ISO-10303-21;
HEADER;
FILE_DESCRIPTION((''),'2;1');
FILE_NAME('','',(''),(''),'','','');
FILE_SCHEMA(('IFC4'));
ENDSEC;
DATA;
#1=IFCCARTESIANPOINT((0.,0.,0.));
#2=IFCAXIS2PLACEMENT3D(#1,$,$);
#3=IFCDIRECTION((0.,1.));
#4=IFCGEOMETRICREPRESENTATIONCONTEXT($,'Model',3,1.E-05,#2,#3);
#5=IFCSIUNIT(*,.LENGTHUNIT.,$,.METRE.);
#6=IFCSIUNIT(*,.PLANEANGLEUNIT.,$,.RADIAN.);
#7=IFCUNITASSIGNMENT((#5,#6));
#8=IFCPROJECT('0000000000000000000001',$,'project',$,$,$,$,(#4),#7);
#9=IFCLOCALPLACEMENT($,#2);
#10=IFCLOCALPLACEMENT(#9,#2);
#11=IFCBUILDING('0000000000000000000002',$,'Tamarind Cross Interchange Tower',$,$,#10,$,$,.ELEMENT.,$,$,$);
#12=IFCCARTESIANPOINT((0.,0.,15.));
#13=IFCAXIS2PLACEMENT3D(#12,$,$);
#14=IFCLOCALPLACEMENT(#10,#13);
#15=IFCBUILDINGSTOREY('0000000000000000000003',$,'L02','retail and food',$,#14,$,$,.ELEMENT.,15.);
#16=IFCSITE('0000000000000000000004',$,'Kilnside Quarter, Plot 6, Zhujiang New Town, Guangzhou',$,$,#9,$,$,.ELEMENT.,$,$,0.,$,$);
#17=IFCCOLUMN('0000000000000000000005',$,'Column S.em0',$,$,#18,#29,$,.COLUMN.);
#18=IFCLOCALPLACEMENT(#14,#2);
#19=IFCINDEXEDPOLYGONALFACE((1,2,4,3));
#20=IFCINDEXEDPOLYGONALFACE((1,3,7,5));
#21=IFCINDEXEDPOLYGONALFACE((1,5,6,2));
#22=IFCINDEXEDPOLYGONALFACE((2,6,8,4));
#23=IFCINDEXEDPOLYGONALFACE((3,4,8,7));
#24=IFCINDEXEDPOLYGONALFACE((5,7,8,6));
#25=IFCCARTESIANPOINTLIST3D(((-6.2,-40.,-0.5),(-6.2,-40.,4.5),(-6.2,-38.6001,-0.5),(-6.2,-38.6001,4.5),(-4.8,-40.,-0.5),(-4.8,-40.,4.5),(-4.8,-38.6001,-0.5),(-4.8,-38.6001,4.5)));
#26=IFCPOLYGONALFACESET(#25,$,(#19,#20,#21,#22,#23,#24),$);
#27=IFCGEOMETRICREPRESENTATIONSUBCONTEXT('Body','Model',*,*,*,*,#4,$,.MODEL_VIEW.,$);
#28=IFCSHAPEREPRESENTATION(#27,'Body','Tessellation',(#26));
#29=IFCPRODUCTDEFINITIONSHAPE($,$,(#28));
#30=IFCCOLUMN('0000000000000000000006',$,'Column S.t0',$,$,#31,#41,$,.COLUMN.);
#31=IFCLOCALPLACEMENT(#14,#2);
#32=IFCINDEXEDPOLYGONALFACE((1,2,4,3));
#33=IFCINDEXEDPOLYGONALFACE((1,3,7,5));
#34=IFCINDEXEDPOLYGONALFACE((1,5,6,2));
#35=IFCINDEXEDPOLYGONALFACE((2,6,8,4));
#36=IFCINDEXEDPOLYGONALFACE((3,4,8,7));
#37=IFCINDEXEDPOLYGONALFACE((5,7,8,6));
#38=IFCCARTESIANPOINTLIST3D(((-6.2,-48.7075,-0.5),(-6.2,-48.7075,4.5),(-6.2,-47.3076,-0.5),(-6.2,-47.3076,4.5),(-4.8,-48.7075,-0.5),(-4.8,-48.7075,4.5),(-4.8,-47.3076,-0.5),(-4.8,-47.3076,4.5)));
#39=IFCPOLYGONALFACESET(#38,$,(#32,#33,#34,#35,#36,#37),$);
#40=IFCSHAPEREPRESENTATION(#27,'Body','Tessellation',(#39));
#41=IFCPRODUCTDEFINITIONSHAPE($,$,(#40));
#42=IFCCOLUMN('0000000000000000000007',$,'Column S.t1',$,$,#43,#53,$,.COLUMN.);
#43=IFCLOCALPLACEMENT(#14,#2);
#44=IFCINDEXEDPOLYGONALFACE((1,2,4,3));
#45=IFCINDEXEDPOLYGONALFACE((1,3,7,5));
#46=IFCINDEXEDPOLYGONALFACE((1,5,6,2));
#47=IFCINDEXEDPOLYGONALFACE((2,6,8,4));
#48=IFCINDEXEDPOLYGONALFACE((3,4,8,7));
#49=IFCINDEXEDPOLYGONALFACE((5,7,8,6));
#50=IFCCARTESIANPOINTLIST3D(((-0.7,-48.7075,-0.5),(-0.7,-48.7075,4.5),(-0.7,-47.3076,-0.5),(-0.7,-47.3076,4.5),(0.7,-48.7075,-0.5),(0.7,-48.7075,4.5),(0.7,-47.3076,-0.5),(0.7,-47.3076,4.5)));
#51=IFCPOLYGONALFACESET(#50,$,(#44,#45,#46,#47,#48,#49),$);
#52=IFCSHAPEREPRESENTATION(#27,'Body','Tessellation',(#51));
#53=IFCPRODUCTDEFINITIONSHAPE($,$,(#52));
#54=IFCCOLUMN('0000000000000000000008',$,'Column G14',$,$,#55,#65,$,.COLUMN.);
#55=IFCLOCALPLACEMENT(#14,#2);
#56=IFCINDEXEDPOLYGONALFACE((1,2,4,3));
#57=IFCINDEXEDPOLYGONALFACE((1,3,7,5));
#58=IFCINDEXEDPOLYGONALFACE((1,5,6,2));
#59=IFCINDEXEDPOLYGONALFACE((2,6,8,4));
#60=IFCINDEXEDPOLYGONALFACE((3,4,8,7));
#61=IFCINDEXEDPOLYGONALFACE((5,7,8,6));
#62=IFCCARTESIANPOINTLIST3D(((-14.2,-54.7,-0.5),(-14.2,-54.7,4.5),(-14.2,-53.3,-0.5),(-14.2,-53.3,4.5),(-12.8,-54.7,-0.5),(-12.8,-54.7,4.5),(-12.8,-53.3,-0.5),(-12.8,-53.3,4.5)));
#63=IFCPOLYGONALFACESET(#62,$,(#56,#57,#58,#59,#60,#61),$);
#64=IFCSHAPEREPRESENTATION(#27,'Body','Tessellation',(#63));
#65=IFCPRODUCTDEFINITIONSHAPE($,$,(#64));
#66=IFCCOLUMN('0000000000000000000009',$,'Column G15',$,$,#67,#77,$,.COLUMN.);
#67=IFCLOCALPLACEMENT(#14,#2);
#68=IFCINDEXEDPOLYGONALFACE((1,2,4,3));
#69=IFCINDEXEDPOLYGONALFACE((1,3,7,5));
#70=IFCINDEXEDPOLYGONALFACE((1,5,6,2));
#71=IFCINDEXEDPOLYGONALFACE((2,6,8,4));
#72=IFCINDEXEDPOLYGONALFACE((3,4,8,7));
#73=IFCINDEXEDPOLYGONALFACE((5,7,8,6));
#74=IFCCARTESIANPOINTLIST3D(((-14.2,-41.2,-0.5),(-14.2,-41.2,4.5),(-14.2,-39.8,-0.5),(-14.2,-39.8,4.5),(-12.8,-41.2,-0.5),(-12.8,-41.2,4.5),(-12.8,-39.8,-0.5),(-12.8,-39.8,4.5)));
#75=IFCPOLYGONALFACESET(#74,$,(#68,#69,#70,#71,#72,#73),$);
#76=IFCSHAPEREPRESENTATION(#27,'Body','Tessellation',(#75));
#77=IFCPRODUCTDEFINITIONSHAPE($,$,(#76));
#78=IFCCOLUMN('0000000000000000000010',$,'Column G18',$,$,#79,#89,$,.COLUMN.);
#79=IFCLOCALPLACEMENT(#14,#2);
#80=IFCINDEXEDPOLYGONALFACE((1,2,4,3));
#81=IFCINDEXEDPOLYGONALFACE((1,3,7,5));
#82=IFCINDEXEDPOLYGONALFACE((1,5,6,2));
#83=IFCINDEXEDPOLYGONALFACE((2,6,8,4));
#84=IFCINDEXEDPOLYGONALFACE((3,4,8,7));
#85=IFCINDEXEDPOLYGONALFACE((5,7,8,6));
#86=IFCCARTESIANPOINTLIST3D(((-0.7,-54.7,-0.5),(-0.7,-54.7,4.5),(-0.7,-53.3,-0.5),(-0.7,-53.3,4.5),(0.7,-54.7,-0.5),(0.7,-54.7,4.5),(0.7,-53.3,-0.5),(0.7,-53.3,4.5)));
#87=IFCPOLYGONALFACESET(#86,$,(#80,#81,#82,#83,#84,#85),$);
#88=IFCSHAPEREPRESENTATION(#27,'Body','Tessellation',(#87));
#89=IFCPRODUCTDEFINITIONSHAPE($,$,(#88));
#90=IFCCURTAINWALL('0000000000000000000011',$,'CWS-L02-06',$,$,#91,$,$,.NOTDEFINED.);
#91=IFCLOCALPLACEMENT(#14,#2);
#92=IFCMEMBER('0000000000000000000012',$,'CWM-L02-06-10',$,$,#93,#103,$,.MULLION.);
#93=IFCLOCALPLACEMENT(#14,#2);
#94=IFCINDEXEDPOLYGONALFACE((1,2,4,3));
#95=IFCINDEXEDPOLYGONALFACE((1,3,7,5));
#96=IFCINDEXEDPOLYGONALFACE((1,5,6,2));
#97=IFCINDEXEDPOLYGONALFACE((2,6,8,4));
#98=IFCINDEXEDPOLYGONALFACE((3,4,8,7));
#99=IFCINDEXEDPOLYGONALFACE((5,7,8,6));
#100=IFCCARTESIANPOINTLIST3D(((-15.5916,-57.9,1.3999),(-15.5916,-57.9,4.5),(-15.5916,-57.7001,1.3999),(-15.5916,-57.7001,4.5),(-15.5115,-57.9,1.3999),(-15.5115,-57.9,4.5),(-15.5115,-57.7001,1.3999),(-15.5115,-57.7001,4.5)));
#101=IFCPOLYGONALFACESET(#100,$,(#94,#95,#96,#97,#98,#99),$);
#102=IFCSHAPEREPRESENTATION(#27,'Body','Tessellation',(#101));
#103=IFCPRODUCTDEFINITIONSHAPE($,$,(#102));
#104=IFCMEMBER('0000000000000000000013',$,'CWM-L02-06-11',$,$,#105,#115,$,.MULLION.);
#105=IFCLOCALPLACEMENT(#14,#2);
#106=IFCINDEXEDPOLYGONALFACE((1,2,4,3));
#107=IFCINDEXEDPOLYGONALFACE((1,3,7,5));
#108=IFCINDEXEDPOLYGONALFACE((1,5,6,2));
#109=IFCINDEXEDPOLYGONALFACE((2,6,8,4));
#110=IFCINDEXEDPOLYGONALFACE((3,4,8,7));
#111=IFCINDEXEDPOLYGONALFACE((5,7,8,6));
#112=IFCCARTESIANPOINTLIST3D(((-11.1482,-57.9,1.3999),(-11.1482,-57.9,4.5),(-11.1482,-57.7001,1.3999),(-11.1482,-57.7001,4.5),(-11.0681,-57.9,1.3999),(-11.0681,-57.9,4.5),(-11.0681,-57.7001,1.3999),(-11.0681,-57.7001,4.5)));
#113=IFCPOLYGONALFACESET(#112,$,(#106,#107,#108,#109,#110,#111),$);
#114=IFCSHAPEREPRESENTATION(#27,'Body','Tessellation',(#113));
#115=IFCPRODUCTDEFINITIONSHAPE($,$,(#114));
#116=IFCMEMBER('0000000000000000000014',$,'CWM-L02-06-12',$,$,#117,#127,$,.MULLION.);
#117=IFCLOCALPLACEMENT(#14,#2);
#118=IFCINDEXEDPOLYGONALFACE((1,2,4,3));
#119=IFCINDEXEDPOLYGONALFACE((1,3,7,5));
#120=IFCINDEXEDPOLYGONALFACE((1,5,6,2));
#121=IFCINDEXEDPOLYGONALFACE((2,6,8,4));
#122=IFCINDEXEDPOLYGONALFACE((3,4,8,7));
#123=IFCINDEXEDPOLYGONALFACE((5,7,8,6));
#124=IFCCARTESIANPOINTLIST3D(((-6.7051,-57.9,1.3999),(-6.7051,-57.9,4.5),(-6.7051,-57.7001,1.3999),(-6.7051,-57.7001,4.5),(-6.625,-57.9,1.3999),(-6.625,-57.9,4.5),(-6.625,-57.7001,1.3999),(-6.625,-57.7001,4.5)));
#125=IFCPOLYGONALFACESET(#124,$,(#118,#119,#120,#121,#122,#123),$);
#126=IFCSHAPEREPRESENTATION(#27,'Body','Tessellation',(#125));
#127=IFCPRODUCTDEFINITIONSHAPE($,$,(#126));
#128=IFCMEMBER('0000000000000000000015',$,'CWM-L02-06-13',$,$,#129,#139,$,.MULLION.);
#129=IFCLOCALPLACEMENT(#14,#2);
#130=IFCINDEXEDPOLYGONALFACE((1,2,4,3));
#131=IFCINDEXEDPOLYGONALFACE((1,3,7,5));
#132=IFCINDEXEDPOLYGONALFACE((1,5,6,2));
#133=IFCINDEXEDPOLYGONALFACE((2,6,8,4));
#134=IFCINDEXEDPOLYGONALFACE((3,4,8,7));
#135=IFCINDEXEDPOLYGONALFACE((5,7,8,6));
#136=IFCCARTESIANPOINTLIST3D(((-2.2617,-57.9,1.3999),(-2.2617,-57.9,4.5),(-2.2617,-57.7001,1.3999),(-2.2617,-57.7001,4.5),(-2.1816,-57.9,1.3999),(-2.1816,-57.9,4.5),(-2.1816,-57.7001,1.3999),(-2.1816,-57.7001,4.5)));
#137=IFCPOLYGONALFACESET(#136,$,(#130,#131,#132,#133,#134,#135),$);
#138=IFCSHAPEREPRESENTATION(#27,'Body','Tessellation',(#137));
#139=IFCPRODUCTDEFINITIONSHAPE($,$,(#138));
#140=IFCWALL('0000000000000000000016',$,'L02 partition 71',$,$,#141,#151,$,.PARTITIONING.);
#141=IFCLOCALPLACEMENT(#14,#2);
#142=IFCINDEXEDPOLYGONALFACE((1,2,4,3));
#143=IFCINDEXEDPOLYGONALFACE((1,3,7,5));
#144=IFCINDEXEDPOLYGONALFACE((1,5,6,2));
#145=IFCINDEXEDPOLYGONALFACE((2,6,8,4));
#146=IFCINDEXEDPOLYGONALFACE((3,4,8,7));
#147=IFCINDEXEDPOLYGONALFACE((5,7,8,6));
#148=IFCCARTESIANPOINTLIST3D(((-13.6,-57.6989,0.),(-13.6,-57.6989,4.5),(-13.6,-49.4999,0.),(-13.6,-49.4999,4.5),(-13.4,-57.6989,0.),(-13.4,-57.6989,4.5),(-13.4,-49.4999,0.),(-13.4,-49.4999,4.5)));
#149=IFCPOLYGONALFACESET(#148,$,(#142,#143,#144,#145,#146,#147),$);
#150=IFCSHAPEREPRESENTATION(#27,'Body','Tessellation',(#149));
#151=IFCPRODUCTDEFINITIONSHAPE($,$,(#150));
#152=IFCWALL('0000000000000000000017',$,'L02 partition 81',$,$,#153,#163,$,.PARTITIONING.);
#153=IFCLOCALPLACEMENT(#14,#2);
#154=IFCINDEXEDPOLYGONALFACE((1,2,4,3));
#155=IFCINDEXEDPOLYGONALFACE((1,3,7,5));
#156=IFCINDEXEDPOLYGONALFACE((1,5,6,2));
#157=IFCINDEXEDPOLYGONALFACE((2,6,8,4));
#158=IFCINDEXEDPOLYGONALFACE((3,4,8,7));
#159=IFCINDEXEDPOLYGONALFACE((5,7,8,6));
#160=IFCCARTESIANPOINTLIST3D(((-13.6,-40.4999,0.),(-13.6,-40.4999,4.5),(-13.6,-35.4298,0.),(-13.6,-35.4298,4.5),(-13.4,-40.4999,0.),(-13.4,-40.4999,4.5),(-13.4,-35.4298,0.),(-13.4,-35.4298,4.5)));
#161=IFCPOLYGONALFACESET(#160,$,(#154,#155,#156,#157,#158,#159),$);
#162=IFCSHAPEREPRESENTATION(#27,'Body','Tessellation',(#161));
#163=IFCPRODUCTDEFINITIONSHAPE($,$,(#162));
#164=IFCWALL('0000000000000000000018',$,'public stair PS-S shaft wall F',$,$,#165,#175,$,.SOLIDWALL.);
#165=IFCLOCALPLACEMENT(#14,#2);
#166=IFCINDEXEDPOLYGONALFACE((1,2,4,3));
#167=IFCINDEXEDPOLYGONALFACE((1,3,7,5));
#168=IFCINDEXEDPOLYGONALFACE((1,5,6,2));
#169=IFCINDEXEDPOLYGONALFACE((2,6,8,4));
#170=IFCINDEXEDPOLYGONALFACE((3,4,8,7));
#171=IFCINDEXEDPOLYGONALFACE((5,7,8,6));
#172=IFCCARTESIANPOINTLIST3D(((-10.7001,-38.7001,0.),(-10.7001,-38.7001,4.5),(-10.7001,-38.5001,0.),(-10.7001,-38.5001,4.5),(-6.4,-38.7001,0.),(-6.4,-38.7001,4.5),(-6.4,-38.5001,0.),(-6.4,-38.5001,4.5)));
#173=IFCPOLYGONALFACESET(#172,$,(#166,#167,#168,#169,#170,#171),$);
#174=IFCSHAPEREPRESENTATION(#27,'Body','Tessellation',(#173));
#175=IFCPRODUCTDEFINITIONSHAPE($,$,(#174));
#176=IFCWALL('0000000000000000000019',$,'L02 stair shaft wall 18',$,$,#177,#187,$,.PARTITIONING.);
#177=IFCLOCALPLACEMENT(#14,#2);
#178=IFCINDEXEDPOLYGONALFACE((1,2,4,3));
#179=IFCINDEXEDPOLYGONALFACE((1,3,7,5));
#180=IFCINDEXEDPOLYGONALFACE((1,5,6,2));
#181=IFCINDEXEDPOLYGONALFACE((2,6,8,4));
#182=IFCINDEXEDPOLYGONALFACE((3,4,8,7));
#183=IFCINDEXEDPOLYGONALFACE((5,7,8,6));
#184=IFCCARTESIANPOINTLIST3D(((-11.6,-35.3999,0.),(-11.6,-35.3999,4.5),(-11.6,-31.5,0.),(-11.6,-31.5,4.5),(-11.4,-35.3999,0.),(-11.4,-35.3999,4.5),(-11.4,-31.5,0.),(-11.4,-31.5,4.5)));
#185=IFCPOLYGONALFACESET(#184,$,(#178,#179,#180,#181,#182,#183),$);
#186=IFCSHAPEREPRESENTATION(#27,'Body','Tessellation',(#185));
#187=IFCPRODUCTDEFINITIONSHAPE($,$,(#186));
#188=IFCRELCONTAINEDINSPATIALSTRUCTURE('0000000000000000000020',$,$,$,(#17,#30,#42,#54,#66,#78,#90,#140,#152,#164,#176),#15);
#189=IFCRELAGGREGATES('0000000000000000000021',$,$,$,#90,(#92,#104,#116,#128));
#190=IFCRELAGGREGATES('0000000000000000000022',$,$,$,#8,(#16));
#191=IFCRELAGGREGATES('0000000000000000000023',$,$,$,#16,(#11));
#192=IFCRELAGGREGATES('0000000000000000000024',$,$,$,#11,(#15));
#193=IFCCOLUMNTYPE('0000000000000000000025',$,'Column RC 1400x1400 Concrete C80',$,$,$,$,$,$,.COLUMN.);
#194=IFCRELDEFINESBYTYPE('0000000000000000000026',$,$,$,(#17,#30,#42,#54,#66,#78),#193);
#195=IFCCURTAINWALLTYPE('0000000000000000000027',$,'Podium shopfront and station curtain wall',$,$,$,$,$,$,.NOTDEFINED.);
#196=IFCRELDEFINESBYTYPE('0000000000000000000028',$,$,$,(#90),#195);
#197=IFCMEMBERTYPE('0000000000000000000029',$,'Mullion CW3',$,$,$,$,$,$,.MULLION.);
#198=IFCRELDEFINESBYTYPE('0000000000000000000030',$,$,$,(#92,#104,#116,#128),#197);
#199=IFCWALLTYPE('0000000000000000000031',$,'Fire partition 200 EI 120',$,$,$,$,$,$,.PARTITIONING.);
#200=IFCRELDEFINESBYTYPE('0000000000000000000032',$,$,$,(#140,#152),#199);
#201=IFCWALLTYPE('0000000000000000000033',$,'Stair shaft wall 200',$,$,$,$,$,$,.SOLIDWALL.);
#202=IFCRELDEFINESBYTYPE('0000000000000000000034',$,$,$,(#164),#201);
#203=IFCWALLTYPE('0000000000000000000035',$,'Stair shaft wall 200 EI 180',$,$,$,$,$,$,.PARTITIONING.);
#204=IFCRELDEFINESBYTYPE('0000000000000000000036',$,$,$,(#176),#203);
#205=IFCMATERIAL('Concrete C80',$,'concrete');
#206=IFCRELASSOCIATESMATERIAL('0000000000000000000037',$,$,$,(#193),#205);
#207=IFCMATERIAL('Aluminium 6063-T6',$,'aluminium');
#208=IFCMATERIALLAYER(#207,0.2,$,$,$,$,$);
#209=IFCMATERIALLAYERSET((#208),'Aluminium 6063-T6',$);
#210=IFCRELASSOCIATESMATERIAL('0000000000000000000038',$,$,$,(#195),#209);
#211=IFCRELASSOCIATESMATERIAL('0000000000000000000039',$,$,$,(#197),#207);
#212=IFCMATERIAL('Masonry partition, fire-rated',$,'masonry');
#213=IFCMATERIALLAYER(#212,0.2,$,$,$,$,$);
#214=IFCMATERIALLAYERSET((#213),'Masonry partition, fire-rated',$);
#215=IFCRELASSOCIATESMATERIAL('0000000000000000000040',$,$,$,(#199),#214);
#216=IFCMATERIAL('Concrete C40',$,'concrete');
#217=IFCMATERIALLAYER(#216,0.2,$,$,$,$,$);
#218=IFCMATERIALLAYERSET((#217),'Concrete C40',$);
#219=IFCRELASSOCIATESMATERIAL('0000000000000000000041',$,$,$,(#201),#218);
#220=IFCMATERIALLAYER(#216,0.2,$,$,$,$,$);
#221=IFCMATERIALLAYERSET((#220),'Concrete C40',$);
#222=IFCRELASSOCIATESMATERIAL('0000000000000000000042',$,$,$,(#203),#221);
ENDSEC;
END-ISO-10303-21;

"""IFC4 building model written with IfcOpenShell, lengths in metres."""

from ifc_helpers import new_model, si_unit, direction, frame, frame_2d, origin, origin_2d, place, context, subcontext, project, spatial, rectangle, extrude, material, layer, layer_set, material_profile, profile_set, type_object, element, aggregate, save


model = new_model("IFC4")

# Units and contexts
model_context = context("Model", 3, precision=1e-05, world=origin(), true_north=direction((0.0, 1.0)))
body_context = subcontext(model_context, "Body", "Model", "MODEL_VIEW")
ifc_project = project(units=[si_unit("LENGTHUNIT", "METRE"), si_unit("PLANEANGLEUNIT", "RADIAN")], contexts=[model_context])

# Site, building, storey
site_placement = place(None, origin())
site = spatial("IfcSite", under=ifc_project, at=site_placement, Name="Kilnside Quarter, Plot 6, Zhujiang New Town, Guangzhou", CompositionType="ELEMENT", RefElevation=0.0)
building_placement = place(site_placement, origin())
building = spatial("IfcBuilding", under=site, at=building_placement, Name="Tamarind Cross Interchange Tower", CompositionType="ELEMENT")
storey_placement = place(building_placement, frame((0.0, 0.0, 15.0)))
storey = spatial("IfcBuildingStorey", under=building, at=storey_placement, Name="L02", Description="retail and food", CompositionType="ELEMENT", Elevation=15.0)

# Columns
ifc_material_1 = material(Name="Concrete C80", Category="concrete")
ifc_material_profile_1 = material_profile(ifc_material_1, rectangle(XDim=1.3999, YDim=1.3999, at=origin_2d()), Name="RC 1400x1400")
ifc_profile_set_1 = profile_set([ifc_material_profile_1], Name="Concrete C80")
column_type = type_object("IfcColumnType", Name="Column RC 1400x1400 Concrete C80", PredefinedType="COLUMN", material=ifc_profile_set_1)
for number, where, z_axis, x_axis, name in (
    (1, (-5.5, -39.3, -0.5), (0.0, 0.0, 1.0), (1.0, 0.0, 0.0), "Column S.em0"),
    (2, (-5.5, -48.0076, -0.5), (0.0, 0.0, 1.0), (1.0, 0.0, 0.0), "Column S.t0"),
    (3, (0.0, -48.0076, -0.5), (0.0, 0.0, 1.0), (1.0, 0.0, 0.0), "Column S.t1"),
    (4, (-13.5, -54.0, -0.5), (0.0, 0.0, 1.0), (1.0, 0.0, 0.0), "Column G14"),
    (5, (-13.5, -40.5, -0.5), (0.0, 0.0, 1.0), (1.0, 0.0, 0.0), "Column G15"),
    (6, (0.0, -54.0, -0.5), (0.0, 0.0, 1.0), (1.0, 0.0, 0.0), "Column G18"),
):
    element("IfcColumn", number, at=place(storey_placement, frame(where, z_axis=z_axis, x_axis=x_axis)), inside=storey, type_object=column_type, Name=name, PredefinedType="COLUMN", context=body_context, shape_type="SweptSolid", body=[
        extrude(rectangle(XDim=1.3999, YDim=1.3999, at=origin_2d()), origin(), (0.0, 0.0, 1.0), 5.0),
    ])

# Curtain wall, members
ifc_material_2 = material(Name="Aluminium 6063-T6", Category="aluminium")
ifc_layer_1 = layer(ifc_material_2, 0.2)
ifc_layer_set_1 = layer_set([ifc_layer_1], Name="Aluminium 6063-T6")
curtain_wall_type = type_object("IfcCurtainWallType", Name="Podium shopfront and station curtain wall", PredefinedType="NOTDEFINED", material=ifc_layer_set_1)
curtain_wall_placement = place(storey_placement, origin())
curtain_wall = element("IfcCurtainWall", 7, at=curtain_wall_placement, inside=storey, type_object=curtain_wall_type, Name="CWS-L02-06", PredefinedType="NOTDEFINED")
ifc_material_profile_2 = material_profile(ifc_material_2, rectangle(XDim=0.0801, YDim=0.2, at=origin_2d()), Name="Mullion CW3")
ifc_profile_set_2 = profile_set([ifc_material_profile_2], Name="Aluminium 6063-T6")
member_type = type_object("IfcMemberType", Name="Mullion CW3", PredefinedType="MULLION", material=ifc_profile_set_2)
member_1_placement = place(storey_placement, frame((-15.5515, -57.8, 1.3999), z_axis=(0.0, 0.0, 1.0), x_axis=(1.0, 0.0, 0.0)))
member_1 = element("IfcMember", 8, at=member_1_placement, type_object=member_type, Name="CWM-L02-06-10", PredefinedType="MULLION", context=body_context, shape_type="SweptSolid", body=[
    extrude(rectangle(XDim=0.0801, YDim=0.2, at=origin_2d()), origin(), (0.0, 0.0, 1.0), 3.1001),
])
member_2_placement = place(storey_placement, frame((-11.1082, -57.8, 1.3999), z_axis=(0.0, 0.0, 1.0), x_axis=(1.0, 0.0, 0.0)))
member_2 = element("IfcMember", 9, at=member_2_placement, type_object=member_type, Name="CWM-L02-06-11", PredefinedType="MULLION", context=body_context, shape_type="SweptSolid", body=[
    extrude(rectangle(XDim=0.0801, YDim=0.2, at=origin_2d()), origin(), (0.0, 0.0, 1.0), 3.1001),
])
member_3_placement = place(storey_placement, frame((-6.665, -57.8, 1.3999), z_axis=(0.0, 0.0, 1.0), x_axis=(1.0, 0.0, 0.0)))
member_3 = element("IfcMember", 10, at=member_3_placement, type_object=member_type, Name="CWM-L02-06-12", PredefinedType="MULLION", context=body_context, shape_type="SweptSolid", body=[
    extrude(rectangle(XDim=0.0801, YDim=0.2, at=origin_2d()), origin(), (0.0, 0.0, 1.0), 3.1001),
])
member_4_placement = place(storey_placement, frame((-2.2217, -57.8, 1.3999), z_axis=(0.0, 0.0, 1.0), x_axis=(1.0, 0.0, 0.0)))
member_4 = element("IfcMember", 11, at=member_4_placement, type_object=member_type, Name="CWM-L02-06-13", PredefinedType="MULLION", context=body_context, shape_type="SweptSolid", body=[
    extrude(rectangle(XDim=0.0801, YDim=0.2, at=origin_2d()), origin(), (0.0, 0.0, 1.0), 3.1001),
])
aggregate(curtain_wall, [member_1, member_2, member_3, member_4])

# Walls
ifc_material_3 = material(Name="Masonry partition, fire-rated", Category="masonry")
ifc_layer_2 = layer(ifc_material_3, 0.2)
ifc_layer_set_2 = layer_set([ifc_layer_2], Name="Masonry partition, fire-rated")
wall_type_1 = type_object("IfcWallType", Name="Fire partition 200 EI 120", PredefinedType="PARTITIONING", material=ifc_layer_set_2)
wall_1_placement = place(storey_placement, frame((-13.5, -57.699, 0.0), z_axis=(0.0, 0.0, 1.0), x_axis=(0.0, 1.0, 0.0)))
element("IfcWall", 12, at=wall_1_placement, inside=storey, type_object=wall_type_1, Name="L02 partition 71", PredefinedType="PARTITIONING", context=body_context, shape_type="SweptSolid", body=[
    extrude(rectangle(XDim=8.199, YDim=0.2, at=frame_2d((4.0996, 0.0))), origin(), (0.0, 0.0, 1.0), 4.5),
])
wall_2_placement = place(storey_placement, frame((-13.5, -40.5, 0.0), z_axis=(0.0, 0.0, 1.0), x_axis=(0.0, 1.0, 0.0)))
element("IfcWall", 13, at=wall_2_placement, inside=storey, type_object=wall_type_1, Name="L02 partition 81", PredefinedType="PARTITIONING", context=body_context, shape_type="SweptSolid", body=[
    extrude(rectangle(XDim=5.0701, YDim=0.2, at=frame_2d((2.5352, 0.0))), origin(), (0.0, 0.0, 1.0), 4.5),
])
ifc_material_4 = material(Name="Concrete C40", Category="concrete")
ifc_layer_3 = layer(ifc_material_4, 0.2)
ifc_layer_set_3 = layer_set([ifc_layer_3], Name="Concrete C40")
wall_type_2 = type_object("IfcWallType", Name="Stair shaft wall 200", PredefinedType="SOLIDWALL", material=ifc_layer_set_3)
wall_3_placement = place(storey_placement, frame((-10.7, -38.6001, 0.0), z_axis=(0.0, 0.0, 1.0), x_axis=(1.0, 0.0, 0.0)))
element("IfcWall", 14, at=wall_3_placement, inside=storey, type_object=wall_type_2, Name="public stair PS-S shaft wall F", PredefinedType="SOLIDWALL", context=body_context, shape_type="SweptSolid", body=[
    extrude(rectangle(XDim=4.3, YDim=0.2, at=frame_2d((2.1499, 0.0))), origin(), (0.0, 0.0, 1.0), 4.5),
])
ifc_layer_4 = layer(ifc_material_4, 0.2)
ifc_layer_set_4 = layer_set([ifc_layer_4], Name="Concrete C40")
wall_type_3 = type_object("IfcWallType", Name="Stair shaft wall 200 EI 180", PredefinedType="PARTITIONING", material=ifc_layer_set_4)
wall_4_placement = place(storey_placement, frame((-11.5, -35.3999, 0.0), z_axis=(0.0, 0.0, 1.0), x_axis=(0.0, 1.0, 0.0)))
element("IfcWall", 15, at=wall_4_placement, inside=storey, type_object=wall_type_3, Name="L02 stair shaft wall 18", PredefinedType="PARTITIONING", context=body_context, shape_type="SweptSolid", body=[
    extrude(rectangle(XDim=3.8999, YDim=0.2, at=frame_2d((1.95, 0.0))), origin(), (0.0, 0.0, 1.0), 4.5),
])

save(model, "model.ifc")
